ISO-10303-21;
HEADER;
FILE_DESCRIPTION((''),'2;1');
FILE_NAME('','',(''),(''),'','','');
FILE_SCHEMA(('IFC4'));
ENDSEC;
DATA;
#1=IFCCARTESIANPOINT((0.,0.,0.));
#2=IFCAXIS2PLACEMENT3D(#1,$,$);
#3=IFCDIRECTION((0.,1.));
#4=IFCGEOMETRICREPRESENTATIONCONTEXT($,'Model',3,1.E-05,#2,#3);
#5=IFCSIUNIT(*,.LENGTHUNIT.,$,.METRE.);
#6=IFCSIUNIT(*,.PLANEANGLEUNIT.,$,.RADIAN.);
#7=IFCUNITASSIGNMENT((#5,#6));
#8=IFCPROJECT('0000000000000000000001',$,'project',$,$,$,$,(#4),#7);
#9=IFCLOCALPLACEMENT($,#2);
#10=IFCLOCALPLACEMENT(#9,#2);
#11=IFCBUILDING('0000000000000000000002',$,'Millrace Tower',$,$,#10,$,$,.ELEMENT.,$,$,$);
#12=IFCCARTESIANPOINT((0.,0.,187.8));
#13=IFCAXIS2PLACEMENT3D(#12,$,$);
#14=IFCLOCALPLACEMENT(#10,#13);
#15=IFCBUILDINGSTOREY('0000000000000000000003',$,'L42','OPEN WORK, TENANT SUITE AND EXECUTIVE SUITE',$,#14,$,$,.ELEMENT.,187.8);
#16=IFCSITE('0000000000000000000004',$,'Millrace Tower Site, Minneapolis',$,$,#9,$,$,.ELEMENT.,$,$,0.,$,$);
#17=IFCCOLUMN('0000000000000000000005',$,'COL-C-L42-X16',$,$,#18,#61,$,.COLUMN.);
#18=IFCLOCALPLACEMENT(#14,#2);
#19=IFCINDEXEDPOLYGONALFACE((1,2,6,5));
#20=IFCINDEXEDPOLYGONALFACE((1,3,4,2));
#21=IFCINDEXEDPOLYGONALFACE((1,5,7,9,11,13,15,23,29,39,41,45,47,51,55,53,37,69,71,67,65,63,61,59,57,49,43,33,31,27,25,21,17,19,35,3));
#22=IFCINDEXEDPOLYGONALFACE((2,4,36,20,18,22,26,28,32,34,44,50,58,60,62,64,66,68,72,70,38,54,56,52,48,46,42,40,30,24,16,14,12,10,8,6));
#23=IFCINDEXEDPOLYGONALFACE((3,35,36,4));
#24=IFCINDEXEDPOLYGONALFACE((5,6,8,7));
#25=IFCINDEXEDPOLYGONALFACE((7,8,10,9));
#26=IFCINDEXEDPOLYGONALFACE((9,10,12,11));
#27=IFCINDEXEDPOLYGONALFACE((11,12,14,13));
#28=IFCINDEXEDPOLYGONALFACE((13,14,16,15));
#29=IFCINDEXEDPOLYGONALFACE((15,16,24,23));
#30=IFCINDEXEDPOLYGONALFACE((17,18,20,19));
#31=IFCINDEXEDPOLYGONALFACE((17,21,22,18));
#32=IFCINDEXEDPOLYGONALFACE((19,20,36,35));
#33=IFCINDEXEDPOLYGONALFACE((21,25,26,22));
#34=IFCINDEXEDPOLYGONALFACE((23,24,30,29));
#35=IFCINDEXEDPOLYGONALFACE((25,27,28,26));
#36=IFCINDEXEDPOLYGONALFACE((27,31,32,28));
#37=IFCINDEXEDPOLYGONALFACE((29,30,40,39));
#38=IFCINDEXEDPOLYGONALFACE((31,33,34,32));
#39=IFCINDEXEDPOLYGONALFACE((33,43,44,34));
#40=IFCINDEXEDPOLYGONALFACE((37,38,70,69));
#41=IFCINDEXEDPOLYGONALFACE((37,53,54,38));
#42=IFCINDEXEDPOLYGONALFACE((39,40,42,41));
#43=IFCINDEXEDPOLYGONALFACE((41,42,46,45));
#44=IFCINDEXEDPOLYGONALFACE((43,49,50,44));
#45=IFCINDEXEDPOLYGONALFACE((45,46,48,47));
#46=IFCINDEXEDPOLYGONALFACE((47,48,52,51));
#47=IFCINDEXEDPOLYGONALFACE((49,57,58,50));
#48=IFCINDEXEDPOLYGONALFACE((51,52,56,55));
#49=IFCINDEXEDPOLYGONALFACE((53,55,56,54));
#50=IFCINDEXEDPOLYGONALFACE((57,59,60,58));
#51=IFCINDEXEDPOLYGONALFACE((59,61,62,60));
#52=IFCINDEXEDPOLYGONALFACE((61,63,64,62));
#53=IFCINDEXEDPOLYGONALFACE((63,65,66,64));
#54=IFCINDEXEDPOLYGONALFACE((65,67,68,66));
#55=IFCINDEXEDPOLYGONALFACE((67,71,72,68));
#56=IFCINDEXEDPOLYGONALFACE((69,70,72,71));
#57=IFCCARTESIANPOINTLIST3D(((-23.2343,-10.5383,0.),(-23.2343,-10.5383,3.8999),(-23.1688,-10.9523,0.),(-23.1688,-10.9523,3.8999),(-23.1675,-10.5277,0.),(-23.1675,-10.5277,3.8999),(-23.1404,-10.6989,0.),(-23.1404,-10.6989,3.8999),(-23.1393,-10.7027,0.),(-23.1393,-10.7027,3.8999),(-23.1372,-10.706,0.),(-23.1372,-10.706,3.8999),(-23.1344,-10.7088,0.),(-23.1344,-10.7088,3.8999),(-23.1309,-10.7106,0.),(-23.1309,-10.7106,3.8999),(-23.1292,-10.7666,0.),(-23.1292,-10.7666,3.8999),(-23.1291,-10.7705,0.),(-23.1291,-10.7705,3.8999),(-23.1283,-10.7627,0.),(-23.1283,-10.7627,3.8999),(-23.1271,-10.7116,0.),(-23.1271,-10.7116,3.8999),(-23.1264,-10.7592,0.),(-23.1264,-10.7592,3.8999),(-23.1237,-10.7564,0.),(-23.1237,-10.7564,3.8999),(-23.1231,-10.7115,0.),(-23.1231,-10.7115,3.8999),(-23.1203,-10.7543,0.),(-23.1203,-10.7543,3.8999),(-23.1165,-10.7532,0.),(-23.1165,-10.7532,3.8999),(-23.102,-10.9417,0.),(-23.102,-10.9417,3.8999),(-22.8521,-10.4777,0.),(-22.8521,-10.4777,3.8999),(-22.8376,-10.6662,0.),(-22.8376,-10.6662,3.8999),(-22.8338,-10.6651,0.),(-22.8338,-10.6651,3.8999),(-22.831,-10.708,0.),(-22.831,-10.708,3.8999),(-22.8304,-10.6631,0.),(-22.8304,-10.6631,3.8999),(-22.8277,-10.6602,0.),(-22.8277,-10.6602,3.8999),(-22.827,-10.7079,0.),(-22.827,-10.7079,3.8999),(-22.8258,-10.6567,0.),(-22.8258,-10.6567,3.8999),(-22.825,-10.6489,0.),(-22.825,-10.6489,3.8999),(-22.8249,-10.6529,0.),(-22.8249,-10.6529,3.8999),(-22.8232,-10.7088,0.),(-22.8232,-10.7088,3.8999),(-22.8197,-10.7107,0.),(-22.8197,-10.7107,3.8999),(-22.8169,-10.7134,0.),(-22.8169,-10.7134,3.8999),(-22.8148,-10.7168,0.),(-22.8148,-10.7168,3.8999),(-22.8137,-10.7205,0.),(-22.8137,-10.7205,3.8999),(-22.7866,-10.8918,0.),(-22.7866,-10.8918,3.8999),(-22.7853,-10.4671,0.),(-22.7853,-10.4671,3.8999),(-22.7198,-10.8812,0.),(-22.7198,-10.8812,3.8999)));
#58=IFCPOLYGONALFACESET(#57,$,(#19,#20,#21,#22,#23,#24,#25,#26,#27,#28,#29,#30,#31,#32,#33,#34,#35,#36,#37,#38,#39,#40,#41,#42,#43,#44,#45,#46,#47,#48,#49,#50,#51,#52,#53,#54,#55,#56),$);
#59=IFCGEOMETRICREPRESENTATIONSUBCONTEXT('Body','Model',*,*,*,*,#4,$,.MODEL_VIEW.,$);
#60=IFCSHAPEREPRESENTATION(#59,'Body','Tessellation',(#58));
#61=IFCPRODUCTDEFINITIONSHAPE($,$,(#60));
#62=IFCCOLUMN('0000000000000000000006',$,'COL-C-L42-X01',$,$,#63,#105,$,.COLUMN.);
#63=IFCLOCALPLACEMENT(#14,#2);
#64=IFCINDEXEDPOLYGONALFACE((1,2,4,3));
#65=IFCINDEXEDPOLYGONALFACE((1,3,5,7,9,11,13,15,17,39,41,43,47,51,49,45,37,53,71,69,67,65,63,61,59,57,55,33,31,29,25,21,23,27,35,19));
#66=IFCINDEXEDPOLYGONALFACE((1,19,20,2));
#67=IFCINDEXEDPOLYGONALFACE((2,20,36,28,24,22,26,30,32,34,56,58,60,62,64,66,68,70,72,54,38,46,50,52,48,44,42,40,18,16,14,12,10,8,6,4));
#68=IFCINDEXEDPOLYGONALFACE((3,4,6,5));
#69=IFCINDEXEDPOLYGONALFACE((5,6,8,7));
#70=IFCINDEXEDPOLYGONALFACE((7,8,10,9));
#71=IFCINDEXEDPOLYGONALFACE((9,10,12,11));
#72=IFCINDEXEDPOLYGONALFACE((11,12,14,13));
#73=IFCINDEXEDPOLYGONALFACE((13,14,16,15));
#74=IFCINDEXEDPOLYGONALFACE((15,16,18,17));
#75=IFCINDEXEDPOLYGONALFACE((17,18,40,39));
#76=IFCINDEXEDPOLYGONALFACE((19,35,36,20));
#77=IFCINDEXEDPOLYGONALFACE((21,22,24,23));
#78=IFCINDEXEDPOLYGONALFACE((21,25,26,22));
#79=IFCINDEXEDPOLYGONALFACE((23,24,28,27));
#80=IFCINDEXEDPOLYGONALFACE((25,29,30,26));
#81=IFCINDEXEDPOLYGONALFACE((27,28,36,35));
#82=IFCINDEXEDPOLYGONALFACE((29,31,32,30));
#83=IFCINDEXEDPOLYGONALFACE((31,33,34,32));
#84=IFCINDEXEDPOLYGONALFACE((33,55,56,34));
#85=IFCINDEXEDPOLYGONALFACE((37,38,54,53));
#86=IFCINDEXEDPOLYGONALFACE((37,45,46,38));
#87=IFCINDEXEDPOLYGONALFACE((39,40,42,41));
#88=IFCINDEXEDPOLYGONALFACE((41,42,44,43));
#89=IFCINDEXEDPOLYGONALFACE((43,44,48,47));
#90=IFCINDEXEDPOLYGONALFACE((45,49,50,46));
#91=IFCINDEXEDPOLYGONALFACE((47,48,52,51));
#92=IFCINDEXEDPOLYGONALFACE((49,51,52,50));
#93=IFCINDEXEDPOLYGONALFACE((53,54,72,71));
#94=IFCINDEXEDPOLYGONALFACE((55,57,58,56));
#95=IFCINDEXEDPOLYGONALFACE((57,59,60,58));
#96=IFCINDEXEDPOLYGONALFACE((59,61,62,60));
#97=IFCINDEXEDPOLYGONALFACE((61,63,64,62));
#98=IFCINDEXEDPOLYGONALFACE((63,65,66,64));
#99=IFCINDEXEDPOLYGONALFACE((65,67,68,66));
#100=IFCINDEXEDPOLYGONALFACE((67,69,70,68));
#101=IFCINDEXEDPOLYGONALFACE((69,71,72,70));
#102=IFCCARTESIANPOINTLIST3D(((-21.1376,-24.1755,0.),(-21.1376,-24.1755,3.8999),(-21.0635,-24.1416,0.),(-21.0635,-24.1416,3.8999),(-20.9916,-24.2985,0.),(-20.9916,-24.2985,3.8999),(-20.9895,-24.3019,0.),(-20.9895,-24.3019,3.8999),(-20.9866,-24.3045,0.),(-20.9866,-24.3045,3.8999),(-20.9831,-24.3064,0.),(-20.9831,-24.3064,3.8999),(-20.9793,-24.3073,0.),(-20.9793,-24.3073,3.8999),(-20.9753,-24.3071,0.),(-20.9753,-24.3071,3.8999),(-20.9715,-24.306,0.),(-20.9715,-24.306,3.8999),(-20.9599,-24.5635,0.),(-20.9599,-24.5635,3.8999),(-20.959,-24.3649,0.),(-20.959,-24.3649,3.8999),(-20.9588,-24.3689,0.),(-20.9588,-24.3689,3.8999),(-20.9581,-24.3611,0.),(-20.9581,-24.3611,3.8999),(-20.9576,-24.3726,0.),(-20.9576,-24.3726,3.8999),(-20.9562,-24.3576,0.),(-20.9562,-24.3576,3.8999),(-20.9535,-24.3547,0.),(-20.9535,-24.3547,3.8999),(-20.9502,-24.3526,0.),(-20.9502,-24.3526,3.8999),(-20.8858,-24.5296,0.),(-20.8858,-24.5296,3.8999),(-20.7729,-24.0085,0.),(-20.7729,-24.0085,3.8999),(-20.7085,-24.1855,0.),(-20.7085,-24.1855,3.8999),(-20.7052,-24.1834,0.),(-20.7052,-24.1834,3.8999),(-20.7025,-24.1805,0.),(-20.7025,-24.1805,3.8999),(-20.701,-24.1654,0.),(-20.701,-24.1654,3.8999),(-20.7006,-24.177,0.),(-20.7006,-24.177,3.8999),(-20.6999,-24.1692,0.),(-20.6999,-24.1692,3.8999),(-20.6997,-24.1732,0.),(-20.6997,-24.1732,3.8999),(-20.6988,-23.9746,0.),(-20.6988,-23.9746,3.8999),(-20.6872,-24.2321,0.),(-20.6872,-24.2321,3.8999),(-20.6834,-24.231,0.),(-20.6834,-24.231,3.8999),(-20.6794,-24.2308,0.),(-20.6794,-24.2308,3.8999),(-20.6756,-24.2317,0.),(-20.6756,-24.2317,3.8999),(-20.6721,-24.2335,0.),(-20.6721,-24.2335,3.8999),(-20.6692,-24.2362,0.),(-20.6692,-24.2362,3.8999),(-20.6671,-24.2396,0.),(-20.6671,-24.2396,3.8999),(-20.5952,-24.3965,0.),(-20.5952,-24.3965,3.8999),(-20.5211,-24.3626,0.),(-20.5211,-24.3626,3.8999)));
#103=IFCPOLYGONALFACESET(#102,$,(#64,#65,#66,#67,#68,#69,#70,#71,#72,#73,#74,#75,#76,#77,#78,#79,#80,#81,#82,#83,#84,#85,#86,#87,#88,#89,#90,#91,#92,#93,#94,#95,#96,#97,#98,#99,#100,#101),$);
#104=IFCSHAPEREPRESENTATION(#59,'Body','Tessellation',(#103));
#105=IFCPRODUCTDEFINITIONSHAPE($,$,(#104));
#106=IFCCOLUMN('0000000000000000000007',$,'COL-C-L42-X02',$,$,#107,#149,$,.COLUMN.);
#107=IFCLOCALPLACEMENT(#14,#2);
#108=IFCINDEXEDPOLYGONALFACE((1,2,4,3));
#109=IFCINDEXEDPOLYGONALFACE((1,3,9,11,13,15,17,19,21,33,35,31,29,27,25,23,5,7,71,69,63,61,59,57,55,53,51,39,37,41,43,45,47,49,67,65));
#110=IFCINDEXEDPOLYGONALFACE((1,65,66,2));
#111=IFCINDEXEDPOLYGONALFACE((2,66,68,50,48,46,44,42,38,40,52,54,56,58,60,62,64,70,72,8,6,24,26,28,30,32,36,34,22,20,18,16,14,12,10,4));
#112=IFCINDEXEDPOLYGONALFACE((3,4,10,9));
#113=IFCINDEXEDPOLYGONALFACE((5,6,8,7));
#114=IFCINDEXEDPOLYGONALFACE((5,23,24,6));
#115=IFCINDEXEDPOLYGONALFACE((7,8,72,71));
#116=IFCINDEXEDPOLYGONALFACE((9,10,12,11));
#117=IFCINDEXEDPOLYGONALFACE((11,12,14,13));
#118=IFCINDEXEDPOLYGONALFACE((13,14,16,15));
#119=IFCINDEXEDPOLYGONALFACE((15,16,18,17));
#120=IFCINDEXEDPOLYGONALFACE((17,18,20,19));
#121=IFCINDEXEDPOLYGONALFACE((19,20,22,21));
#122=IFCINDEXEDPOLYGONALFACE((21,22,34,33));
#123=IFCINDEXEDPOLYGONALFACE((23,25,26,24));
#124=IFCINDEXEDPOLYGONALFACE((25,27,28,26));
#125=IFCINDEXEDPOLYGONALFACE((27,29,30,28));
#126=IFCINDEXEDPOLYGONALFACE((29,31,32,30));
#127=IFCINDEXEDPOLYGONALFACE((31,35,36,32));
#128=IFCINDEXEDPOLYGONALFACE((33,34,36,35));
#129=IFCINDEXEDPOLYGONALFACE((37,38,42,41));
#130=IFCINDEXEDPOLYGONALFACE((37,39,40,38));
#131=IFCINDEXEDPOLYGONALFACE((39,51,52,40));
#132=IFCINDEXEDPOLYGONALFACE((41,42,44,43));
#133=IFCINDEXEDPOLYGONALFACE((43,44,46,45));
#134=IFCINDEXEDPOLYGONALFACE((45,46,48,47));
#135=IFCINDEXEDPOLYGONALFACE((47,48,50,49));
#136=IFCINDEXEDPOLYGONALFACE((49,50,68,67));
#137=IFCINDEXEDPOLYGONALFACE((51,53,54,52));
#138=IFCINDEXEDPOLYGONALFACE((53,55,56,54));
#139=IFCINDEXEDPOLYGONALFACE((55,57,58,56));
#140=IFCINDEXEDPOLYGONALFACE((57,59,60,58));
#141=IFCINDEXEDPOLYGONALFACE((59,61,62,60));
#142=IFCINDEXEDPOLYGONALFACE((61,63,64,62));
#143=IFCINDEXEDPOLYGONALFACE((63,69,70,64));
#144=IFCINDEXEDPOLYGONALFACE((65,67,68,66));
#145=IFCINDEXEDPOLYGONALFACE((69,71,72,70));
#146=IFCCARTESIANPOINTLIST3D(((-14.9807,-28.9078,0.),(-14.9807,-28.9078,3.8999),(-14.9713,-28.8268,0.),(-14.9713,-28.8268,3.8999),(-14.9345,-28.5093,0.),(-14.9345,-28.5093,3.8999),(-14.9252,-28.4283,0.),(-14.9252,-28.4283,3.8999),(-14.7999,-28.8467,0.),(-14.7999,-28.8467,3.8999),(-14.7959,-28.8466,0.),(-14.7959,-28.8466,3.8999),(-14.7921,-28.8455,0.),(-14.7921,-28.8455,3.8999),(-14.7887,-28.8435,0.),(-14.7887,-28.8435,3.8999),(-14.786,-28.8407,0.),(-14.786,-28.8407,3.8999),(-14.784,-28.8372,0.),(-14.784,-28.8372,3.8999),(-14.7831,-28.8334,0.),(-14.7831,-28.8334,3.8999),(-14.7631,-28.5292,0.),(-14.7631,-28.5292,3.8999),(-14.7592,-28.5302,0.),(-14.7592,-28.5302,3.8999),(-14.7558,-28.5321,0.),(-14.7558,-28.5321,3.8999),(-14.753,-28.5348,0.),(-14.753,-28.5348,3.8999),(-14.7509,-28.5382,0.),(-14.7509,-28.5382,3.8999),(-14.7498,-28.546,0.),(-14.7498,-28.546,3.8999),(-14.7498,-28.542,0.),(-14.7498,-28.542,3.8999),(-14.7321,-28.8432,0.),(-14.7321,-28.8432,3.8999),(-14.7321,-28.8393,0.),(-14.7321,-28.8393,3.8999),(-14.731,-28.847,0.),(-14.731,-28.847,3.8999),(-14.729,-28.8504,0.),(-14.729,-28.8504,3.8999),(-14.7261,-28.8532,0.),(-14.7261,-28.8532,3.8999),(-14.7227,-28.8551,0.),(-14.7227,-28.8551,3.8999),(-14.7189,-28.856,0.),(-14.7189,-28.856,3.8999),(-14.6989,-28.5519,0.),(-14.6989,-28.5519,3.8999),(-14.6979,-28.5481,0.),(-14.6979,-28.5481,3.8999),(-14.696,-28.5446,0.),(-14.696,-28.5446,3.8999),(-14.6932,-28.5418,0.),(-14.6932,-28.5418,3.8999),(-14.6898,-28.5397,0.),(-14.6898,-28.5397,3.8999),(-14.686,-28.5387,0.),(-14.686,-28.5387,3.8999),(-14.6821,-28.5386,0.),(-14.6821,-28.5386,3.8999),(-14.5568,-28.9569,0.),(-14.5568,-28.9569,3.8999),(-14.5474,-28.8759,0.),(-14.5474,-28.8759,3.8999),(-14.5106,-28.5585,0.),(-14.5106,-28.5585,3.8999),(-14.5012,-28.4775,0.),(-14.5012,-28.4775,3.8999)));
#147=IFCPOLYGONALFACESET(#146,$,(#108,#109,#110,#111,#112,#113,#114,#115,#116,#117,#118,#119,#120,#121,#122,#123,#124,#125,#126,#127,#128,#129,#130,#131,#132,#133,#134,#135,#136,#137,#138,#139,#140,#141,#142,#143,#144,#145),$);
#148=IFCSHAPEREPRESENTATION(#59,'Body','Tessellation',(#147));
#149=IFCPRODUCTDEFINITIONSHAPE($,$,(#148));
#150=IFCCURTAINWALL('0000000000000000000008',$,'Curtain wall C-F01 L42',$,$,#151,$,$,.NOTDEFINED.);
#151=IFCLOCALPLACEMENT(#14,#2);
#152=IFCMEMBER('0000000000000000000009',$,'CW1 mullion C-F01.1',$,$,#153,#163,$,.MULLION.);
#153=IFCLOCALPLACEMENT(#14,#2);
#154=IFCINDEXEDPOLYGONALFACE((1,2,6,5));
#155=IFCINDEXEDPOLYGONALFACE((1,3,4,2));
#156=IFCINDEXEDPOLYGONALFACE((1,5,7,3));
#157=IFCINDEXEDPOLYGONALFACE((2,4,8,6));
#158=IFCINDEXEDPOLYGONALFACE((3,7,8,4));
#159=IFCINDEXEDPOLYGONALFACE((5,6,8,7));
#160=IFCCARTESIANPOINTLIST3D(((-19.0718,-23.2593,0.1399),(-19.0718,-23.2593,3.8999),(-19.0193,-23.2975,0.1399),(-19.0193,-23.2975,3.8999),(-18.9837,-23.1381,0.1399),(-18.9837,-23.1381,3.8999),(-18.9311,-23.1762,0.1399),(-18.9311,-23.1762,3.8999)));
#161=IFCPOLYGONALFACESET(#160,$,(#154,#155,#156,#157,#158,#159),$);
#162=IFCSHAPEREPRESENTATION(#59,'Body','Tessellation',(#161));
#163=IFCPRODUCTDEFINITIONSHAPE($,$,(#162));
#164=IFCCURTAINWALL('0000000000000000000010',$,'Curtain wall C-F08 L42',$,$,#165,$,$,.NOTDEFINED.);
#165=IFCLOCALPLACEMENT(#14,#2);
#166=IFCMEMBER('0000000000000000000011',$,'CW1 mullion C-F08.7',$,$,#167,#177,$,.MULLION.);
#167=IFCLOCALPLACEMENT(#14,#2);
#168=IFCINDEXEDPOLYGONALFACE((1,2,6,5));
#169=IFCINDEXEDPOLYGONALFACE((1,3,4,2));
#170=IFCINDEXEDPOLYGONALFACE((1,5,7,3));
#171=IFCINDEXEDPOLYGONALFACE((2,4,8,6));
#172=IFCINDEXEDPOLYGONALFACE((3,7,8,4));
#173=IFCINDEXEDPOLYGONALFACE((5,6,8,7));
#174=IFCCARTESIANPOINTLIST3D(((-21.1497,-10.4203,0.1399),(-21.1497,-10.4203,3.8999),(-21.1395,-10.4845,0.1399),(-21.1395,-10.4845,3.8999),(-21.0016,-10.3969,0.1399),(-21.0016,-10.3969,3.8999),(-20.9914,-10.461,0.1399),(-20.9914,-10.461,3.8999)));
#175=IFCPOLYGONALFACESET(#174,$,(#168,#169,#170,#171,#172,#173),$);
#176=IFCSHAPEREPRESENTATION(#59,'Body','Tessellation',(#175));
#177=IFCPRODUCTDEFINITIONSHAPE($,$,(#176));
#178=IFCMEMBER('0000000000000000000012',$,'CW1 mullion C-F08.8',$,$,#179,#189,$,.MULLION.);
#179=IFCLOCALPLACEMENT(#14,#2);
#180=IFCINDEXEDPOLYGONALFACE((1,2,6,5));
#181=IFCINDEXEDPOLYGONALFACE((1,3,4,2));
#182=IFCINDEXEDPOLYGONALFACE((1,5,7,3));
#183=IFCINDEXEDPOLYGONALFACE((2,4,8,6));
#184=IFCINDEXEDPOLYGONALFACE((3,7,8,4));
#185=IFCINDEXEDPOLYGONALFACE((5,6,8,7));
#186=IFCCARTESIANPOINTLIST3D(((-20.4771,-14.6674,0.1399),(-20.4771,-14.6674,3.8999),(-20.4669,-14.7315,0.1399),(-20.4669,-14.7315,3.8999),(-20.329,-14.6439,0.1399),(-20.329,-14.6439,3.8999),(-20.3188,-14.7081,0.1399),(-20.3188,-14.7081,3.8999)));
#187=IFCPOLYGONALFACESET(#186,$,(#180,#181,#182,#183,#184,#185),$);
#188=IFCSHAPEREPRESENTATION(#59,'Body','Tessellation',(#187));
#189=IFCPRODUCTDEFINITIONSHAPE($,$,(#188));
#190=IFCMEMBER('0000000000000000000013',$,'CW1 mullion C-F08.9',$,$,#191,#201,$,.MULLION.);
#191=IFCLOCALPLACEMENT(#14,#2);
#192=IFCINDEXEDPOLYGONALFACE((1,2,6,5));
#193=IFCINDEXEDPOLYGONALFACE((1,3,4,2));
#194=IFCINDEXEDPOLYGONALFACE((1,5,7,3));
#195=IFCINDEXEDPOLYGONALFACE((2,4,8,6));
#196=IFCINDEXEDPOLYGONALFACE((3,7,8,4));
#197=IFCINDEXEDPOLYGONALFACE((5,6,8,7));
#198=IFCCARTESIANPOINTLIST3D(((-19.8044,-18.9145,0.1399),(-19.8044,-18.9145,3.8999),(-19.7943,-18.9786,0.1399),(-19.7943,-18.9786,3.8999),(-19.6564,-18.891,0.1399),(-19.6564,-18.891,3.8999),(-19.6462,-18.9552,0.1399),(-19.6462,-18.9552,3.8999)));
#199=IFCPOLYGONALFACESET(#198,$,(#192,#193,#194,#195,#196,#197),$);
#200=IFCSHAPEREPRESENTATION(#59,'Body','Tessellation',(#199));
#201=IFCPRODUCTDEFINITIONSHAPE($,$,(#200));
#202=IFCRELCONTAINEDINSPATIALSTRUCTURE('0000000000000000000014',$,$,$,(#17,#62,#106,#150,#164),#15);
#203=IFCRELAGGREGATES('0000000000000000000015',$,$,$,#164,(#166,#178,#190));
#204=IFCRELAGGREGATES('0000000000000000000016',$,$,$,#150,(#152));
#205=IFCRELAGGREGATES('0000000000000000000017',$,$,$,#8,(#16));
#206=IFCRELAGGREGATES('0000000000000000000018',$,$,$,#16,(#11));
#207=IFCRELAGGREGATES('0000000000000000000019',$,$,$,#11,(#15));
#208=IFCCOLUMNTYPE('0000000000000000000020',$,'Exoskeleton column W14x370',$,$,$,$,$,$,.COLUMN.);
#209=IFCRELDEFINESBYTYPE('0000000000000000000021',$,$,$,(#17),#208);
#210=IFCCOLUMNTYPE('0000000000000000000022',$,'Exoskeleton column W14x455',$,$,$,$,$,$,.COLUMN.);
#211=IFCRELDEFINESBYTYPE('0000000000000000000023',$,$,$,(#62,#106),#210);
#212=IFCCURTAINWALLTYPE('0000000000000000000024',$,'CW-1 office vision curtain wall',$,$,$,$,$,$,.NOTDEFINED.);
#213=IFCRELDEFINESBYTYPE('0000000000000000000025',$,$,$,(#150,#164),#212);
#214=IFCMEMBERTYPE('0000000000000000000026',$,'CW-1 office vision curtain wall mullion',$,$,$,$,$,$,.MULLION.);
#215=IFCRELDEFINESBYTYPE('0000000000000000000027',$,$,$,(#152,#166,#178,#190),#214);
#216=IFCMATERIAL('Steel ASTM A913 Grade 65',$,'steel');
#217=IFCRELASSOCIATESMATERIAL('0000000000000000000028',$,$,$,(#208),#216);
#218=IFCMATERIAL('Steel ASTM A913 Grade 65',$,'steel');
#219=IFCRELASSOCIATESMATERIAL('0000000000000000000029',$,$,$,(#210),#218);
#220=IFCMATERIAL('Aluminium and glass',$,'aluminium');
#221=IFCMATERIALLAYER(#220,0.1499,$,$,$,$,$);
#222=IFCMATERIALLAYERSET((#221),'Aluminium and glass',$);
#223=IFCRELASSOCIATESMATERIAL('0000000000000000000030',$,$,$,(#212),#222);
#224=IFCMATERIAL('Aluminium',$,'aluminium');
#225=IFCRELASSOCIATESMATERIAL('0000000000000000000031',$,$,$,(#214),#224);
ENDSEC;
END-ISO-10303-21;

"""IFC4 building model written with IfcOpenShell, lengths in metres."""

from ifc_helpers import new_model, si_unit, direction, frame, origin, origin_2d, place, context, subcontext, project, spatial, rectangle, i_section, extrude, material, layer, layer_set, material_profile, profile_set, type_object, element, aggregate, save


model = new_model("IFC4")

# Units and contexts
model_context = context("Model", 3, precision=1e-05, world=origin(), true_north=direction((0.0, 1.0)))
body_context = subcontext(model_context, "Body", "Model", "MODEL_VIEW")
ifc_project = project(units=[si_unit("LENGTHUNIT", "METRE"), si_unit("PLANEANGLEUNIT", "RADIAN")], contexts=[model_context])

# Site, building, storey
site_placement = place(None, origin())
site = spatial("IfcSite", under=ifc_project, at=site_placement, Name="Millrace Tower Site, Minneapolis", CompositionType="ELEMENT", RefElevation=0.0)
building_placement = place(site_placement, origin())
building = spatial("IfcBuilding", under=site, at=building_placement, Name="Millrace Tower", CompositionType="ELEMENT")
storey_placement = place(building_placement, frame((0.0, 0.0, 187.8)))
storey = spatial("IfcBuildingStorey", under=building, at=storey_placement, Name="L42", Description="OPEN WORK, TENANT SUITE AND EXECUTIVE SUITE", CompositionType="ELEMENT", Elevation=187.8)

# Columns
ifc_material_1 = material(Name="Steel ASTM A913 Grade 65", Category="steel")
ifc_material_profile_1 = material_profile(ifc_material_1, i_section(OverallWidth=0.4192, OverallDepth=0.4546, WebThickness=0.0422, FlangeThickness=0.0676, FilletRadius=0.0151, at=origin_2d()))
ifc_profile_set_1 = profile_set([ifc_material_profile_1], Name="Steel ASTM A913 Grade 65")
column_type_1 = type_object("IfcColumnType", Name="Exoskeleton column W14x370", PredefinedType="COLUMN", material=ifc_profile_set_1)
column_placement = place(storey_placement, frame((-22.9771, -10.7097, 0.0), z_axis=(0.0, 0.0, 1.0), x_axis=(0.156434, -0.987688, 0.0)))
element("IfcColumn", 1, at=column_placement, inside=storey, type_object=column_type_1, Name="COL-C-L42-X16", PredefinedType="COLUMN", context=body_context, shape_type="SweptSolid", body=[
    extrude(i_section(OverallWidth=0.4192, OverallDepth=0.4546, WebThickness=0.0422, FlangeThickness=0.0676, FilletRadius=0.0151, at=origin_2d()), origin(), (0.0, 0.0, 1.0), 3.8999),
])
ifc_material_2 = material(Name="Steel ASTM A913 Grade 65", Category="steel")
ifc_material_profile_2 = material_profile(ifc_material_2, i_section(OverallWidth=0.4268, OverallDepth=0.4827, WebThickness=0.0513, FlangeThickness=0.0815, FilletRadius=0.0151, at=origin_2d()))
ifc_profile_set_2 = profile_set([ifc_material_profile_2], Name="Steel ASTM A913 Grade 65")
column_type_2 = type_object("IfcColumnType", Name="Exoskeleton column W14x455", PredefinedType="COLUMN", material=ifc_profile_set_2)
for number, where, z_axis, x_axis, name in (
    (2, (-20.8293, -24.269, 0.0), (0.0, 0.0, 1.0), (0.416401, -0.909181, 0.0), "COL-C-L42-X01"),
    (3, (-14.741, -28.6926, 0.0), (0.0, 0.0, 1.0), (0.993358, -0.115069, 0.0), "COL-C-L42-X02"),
):
    element("IfcColumn", number, at=place(storey_placement, frame(where, z_axis=z_axis, x_axis=x_axis)), inside=storey, type_object=column_type_2, Name=name, PredefinedType="COLUMN", context=body_context, shape_type="SweptSolid", body=[
        extrude(i_section(OverallWidth=0.4268, OverallDepth=0.4827, WebThickness=0.0513, FlangeThickness=0.0815, FilletRadius=0.0151, at=origin_2d()), origin(), (0.0, 0.0, 1.0), 3.8999),
    ])

# Curtain wall, member
ifc_material_3 = material(Name="Aluminium and glass", Category="aluminium")
ifc_layer_1 = layer(ifc_material_3, 0.1499)
ifc_layer_set_1 = layer_set([ifc_layer_1], Name="Aluminium and glass")
curtain_wall_type = type_object("IfcCurtainWallType", Name="CW-1 office vision curtain wall", PredefinedType="NOTDEFINED", material=ifc_layer_set_1)
placement = place(storey_placement, origin())
curtain_wall_1 = element("IfcCurtainWall", 4, at=placement, inside=storey, type_object=curtain_wall_type, Name="Curtain wall C-F01 L42", PredefinedType="NOTDEFINED")
ifc_material_4 = material(Name="Aluminium", Category="aluminium")
ifc_material_profile_3 = material_profile(ifc_material_4, rectangle(XDim=0.0649, YDim=0.1499, at=origin_2d()))
ifc_profile_set_3 = profile_set([ifc_material_profile_3], Name="Aluminium")
member_type_1 = type_object("IfcMemberType", Name="CW-1 office vision curtain wall mullion", PredefinedType="MULLION", material=ifc_profile_set_3)
member_1_placement = place(storey_placement, frame((-19.0015, -23.2178, 0.1399), z_axis=(0.0, 0.0, 1.0), x_axis=(0.809017, -0.587785, 0.0)))
member_1 = element("IfcMember", 5, at=member_1_placement, type_object=member_type_1, Name="CW1 mullion C-F01.1", PredefinedType="MULLION", context=body_context, shape_type="SweptSolid", body=[
    extrude(rectangle(XDim=0.0649, YDim=0.1499, at=origin_2d()), origin(), (0.0, 0.0, 1.0), 3.76),
])

# Curtain wall, members
curtain_wall_2 = element("IfcCurtainWall", 6, at=placement, inside=storey, type_object=curtain_wall_type, Name="Curtain wall C-F08 L42", PredefinedType="NOTDEFINED")
member_2_placement = place(storey_placement, frame((-21.0706, -10.4407, 0.1399), z_axis=(0.0, 0.0, 1.0), x_axis=(0.156434, -0.987688, 0.0)))
member_2 = element("IfcMember", 7, at=member_2_placement, type_object=member_type_1, Name="CW1 mullion C-F08.7", PredefinedType="MULLION", context=body_context, shape_type="SweptSolid", body=[
    extrude(rectangle(XDim=0.0649, YDim=0.1499, at=origin_2d()), origin(), (0.0, 0.0, 1.0), 3.76),
])
member_3_placement = place(storey_placement, frame((-20.3979, -14.6877, 0.1399), z_axis=(0.0, 0.0, 1.0), x_axis=(0.156434, -0.987688, 0.0)))
member_3 = element("IfcMember", 8, at=member_3_placement, type_object=member_type_1, Name="CW1 mullion C-F08.8", PredefinedType="MULLION", context=body_context, shape_type="SweptSolid", body=[
    extrude(rectangle(XDim=0.0649, YDim=0.1499, at=origin_2d()), origin(), (0.0, 0.0, 1.0), 3.76),
])
member_4_placement = place(storey_placement, frame((-19.7253, -18.9348, 0.1399), z_axis=(0.0, 0.0, 1.0), x_axis=(0.156434, -0.987688, 0.0)))
member_4 = element("IfcMember", 9, at=member_4_placement, type_object=member_type_1, Name="CW1 mullion C-F08.9", PredefinedType="MULLION", context=body_context, shape_type="SweptSolid", body=[
    extrude(rectangle(XDim=0.0649, YDim=0.1499, at=origin_2d()), origin(), (0.0, 0.0, 1.0), 3.76),
])
aggregate(curtain_wall_2, [member_2, member_3, member_4])

aggregate(curtain_wall_1, [member_1])

save(model, "model.ifc")
